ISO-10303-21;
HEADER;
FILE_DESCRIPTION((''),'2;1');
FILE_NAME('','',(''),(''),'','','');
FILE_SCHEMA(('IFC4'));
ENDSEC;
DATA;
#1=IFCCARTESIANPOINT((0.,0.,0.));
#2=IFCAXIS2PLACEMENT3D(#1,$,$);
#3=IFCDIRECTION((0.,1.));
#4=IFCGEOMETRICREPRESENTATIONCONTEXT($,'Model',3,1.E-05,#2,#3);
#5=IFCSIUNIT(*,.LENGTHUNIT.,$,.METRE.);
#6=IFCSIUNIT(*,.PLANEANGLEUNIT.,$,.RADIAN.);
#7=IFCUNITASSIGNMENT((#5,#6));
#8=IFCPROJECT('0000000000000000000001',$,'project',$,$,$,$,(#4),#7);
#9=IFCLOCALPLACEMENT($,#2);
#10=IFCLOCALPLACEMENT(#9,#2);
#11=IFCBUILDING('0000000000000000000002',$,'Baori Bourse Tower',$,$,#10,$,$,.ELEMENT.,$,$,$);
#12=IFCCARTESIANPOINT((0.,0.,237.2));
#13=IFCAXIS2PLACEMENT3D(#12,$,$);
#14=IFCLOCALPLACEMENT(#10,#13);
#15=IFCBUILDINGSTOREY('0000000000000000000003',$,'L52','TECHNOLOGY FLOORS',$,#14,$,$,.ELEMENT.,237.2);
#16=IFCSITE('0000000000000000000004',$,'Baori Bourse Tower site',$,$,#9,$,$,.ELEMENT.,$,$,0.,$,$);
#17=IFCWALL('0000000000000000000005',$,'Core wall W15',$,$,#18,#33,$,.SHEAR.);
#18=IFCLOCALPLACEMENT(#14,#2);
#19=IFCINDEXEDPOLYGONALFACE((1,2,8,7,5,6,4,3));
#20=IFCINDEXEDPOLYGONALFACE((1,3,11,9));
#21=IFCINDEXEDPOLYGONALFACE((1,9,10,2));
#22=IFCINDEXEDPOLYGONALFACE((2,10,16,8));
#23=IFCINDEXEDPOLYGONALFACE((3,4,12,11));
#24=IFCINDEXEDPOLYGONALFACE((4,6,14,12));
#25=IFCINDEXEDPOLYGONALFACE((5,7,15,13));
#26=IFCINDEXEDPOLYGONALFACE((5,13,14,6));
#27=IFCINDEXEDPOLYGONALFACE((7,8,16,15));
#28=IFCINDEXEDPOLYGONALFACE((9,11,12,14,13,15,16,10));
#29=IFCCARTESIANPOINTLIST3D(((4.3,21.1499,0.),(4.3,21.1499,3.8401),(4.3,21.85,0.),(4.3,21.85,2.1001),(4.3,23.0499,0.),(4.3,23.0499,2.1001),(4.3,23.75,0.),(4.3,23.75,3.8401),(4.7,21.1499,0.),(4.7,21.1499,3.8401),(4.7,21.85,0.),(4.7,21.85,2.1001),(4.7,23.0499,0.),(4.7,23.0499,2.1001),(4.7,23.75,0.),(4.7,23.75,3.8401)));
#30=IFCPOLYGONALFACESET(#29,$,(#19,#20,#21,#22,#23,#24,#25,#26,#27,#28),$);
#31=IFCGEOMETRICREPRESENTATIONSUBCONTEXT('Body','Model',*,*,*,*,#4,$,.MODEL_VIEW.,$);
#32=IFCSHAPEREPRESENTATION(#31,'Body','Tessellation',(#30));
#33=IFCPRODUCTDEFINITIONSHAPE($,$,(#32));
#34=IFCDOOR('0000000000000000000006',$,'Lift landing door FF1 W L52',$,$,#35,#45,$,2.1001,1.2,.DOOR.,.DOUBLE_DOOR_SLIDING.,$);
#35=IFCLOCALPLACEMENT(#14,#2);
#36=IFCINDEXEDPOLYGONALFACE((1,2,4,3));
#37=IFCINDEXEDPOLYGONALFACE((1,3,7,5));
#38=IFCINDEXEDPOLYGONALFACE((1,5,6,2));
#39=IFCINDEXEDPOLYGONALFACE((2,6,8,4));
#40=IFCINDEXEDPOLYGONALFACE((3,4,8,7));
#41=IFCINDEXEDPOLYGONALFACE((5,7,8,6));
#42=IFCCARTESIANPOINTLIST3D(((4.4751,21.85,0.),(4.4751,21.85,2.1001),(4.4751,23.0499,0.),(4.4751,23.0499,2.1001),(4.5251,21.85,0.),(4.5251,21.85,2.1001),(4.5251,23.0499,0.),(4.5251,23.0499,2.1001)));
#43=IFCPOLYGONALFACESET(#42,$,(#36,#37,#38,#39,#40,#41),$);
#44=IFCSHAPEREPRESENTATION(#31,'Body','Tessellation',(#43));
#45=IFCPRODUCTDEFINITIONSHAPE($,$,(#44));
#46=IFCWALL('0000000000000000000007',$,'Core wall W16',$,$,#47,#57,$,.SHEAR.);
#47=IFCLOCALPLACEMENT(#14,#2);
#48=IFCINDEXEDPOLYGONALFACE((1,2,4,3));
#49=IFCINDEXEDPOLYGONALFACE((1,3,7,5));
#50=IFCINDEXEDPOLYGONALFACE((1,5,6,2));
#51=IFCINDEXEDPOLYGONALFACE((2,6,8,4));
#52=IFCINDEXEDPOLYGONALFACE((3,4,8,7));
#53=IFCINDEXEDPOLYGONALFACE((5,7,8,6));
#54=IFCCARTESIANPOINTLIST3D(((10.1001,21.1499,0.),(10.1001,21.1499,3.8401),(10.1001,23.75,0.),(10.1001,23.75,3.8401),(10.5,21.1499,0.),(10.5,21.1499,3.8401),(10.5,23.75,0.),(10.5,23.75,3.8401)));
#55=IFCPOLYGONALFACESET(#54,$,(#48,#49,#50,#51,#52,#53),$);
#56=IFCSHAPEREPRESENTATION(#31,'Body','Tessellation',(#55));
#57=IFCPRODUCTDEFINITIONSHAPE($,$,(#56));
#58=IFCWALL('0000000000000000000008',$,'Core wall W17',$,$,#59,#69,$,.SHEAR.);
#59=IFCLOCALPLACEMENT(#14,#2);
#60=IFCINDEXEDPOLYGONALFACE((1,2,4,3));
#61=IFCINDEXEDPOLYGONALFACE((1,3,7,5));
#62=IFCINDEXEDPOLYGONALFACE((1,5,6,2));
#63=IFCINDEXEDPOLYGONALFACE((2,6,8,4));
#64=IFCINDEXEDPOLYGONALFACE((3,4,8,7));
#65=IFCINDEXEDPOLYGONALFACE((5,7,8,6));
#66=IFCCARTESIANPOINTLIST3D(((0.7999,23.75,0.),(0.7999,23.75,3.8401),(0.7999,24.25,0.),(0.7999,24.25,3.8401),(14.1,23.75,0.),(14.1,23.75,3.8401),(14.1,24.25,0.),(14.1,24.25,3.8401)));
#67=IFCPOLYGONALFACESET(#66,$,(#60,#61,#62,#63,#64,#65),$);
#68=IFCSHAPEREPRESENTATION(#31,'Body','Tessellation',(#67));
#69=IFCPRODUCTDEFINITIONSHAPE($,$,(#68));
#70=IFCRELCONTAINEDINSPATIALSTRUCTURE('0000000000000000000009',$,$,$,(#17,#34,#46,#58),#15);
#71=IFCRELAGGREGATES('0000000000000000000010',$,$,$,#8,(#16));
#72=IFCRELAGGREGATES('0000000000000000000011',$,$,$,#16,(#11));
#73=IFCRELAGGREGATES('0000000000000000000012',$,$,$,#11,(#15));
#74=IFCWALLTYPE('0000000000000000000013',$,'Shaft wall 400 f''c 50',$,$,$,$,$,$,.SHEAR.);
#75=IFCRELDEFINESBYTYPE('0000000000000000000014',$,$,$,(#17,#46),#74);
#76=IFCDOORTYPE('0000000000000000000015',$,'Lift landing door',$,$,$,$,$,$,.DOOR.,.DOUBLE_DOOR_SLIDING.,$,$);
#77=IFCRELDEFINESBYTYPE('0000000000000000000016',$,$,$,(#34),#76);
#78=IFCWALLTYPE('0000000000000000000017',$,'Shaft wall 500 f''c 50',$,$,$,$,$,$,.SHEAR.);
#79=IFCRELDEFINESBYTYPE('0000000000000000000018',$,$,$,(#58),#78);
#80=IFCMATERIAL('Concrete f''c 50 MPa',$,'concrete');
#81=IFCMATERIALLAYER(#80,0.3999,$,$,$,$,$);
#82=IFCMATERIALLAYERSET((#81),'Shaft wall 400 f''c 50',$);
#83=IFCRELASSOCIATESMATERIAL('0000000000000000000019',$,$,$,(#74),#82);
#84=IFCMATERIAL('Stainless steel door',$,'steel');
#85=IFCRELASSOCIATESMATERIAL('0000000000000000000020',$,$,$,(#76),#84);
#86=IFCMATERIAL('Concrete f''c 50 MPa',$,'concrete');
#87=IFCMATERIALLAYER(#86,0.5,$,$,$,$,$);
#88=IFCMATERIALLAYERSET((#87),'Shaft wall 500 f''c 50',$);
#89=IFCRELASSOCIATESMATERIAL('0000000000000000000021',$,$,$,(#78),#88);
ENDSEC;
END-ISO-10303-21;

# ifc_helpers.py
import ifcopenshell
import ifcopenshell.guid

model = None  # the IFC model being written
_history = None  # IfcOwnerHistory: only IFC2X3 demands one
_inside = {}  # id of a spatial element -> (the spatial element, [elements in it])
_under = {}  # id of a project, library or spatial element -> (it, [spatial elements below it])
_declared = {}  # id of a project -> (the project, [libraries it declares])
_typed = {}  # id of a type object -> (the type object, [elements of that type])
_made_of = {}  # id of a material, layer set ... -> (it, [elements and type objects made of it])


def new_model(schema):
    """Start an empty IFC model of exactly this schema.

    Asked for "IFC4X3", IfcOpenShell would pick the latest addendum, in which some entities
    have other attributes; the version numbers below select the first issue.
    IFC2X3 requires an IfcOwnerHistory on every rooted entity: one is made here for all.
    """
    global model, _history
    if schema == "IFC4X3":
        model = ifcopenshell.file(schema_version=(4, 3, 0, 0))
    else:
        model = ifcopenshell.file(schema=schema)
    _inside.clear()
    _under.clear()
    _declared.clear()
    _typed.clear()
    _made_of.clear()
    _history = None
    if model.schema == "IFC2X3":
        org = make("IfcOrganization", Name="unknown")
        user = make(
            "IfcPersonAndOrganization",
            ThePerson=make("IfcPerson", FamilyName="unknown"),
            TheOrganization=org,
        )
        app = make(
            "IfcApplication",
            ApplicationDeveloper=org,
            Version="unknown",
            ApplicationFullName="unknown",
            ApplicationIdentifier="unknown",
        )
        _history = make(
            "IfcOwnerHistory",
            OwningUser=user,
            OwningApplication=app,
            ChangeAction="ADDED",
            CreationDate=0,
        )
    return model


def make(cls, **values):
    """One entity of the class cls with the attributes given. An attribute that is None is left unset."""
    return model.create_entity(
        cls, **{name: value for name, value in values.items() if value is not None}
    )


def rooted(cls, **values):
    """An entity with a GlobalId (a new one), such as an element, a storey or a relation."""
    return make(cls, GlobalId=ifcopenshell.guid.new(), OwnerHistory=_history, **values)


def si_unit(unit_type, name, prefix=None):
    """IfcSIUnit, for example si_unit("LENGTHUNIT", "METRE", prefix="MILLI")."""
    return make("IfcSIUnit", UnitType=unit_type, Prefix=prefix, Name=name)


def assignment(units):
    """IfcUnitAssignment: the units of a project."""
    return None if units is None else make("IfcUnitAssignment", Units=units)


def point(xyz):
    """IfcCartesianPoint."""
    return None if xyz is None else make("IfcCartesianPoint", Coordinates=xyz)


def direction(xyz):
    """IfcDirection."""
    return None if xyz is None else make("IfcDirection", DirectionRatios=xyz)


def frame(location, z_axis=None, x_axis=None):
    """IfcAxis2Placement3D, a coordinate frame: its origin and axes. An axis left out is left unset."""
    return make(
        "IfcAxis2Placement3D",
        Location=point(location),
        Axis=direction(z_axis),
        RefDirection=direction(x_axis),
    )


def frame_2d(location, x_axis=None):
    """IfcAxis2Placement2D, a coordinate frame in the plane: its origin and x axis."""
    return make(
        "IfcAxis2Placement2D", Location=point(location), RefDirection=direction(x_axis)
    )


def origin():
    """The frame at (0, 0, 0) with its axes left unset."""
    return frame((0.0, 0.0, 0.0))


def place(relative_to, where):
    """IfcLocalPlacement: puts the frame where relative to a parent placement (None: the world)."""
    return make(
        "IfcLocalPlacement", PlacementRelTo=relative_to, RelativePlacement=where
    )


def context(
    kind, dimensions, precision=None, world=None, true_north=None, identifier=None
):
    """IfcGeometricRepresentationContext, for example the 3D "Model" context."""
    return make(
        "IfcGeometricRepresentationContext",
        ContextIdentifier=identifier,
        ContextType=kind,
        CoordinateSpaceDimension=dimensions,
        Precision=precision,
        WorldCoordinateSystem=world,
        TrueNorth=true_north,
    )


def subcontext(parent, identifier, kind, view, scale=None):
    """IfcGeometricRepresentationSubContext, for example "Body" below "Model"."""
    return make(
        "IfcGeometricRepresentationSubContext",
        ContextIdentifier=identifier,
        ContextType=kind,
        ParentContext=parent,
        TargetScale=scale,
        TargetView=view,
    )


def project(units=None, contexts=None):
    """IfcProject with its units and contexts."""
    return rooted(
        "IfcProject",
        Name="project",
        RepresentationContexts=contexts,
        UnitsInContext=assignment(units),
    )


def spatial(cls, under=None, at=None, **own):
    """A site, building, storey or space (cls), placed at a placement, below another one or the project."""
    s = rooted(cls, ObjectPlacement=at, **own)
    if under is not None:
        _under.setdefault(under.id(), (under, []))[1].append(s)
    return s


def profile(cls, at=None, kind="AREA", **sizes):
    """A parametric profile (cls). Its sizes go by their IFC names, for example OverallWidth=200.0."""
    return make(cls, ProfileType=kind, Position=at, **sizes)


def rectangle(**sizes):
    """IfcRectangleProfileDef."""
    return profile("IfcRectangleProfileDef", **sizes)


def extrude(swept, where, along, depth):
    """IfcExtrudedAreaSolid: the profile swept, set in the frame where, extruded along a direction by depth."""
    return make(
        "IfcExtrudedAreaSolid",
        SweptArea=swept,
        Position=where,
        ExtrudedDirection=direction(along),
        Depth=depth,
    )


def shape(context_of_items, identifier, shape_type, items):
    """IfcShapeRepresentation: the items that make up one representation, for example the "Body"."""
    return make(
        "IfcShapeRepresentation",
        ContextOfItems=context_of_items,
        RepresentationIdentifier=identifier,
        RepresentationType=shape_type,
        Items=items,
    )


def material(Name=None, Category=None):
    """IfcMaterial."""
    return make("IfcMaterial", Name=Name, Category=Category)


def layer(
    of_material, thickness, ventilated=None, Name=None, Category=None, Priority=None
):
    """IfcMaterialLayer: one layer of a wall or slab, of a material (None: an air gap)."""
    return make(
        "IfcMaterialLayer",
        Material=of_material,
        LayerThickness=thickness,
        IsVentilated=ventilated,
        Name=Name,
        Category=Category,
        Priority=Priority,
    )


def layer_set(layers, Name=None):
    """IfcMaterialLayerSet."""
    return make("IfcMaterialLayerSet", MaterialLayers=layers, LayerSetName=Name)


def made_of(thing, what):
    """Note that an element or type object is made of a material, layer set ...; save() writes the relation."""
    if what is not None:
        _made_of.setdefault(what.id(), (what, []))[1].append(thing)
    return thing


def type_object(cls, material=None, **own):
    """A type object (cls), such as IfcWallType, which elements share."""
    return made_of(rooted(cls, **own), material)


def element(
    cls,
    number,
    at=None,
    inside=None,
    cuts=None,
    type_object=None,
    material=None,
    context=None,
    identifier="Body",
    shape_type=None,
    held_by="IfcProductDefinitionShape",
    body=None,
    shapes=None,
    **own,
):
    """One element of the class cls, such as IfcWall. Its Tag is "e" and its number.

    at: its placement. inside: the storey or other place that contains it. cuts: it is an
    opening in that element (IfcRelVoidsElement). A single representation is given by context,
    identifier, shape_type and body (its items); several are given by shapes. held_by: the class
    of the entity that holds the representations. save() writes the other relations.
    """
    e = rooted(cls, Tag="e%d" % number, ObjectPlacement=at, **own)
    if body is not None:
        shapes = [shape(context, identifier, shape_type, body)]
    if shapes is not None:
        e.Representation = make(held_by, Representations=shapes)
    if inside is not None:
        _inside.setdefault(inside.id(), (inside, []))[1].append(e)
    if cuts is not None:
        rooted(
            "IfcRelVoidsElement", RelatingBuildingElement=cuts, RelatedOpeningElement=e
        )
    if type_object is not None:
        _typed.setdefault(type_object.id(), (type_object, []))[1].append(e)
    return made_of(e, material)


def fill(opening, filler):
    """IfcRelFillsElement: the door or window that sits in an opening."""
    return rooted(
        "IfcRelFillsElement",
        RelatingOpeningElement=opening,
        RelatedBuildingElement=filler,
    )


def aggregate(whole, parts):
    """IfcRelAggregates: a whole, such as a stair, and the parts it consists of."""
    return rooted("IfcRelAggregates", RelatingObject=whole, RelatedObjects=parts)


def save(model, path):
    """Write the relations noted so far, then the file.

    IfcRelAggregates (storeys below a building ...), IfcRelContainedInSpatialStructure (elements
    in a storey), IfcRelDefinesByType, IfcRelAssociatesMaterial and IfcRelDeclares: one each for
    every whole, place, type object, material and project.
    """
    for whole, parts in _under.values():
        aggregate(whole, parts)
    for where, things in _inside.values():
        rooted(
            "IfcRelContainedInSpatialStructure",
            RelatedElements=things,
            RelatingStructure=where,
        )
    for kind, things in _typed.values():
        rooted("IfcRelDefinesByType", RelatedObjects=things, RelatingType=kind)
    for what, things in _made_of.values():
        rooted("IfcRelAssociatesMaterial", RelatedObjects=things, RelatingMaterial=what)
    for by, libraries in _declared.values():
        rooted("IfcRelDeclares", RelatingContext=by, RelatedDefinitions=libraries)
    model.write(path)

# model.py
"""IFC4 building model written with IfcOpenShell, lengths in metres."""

from ifc_helpers import new_model, si_unit, direction, frame, frame_2d, origin, place, context, subcontext, project, spatial, rectangle, extrude, material, layer, layer_set, type_object, element, fill, save


model = new_model("IFC4")

# Units and contexts
model_context = context("Model", 3, precision=1e-05, world=origin(), true_north=direction((0.0, 1.0)))
body_context = subcontext(model_context, "Body", "Model", "MODEL_VIEW")
ifc_project = project(units=[si_unit("LENGTHUNIT", "METRE"), si_unit("PLANEANGLEUNIT", "RADIAN")], contexts=[model_context])

# Site, building, storey
site_placement = place(None, origin())
site = spatial("IfcSite", under=ifc_project, at=site_placement, Name="Baori Bourse Tower site", CompositionType="ELEMENT", RefElevation=0.0)
building_placement = place(site_placement, origin())
building = spatial("IfcBuilding", under=site, at=building_placement, Name="Baori Bourse Tower", CompositionType="ELEMENT")
storey_placement = place(building_placement, frame((0.0, 0.0, 237.2)))
storey = spatial("IfcBuildingStorey", under=building, at=storey_placement, Name="L52", Description="TECHNOLOGY FLOORS", CompositionType="ELEMENT", Elevation=237.2)

# Shared definitions
ifc_material_1 = material(Name="Concrete f'c 50 MPa", Category="concrete")
ifc_layer_1 = layer(ifc_material_1, 0.3999)
ifc_layer_set_1 = layer_set([ifc_layer_1], Name="Shaft wall 400 f'c 50")
wall_type_1 = type_object("IfcWallType", Name="Shaft wall 400 f'c 50", PredefinedType="SHEAR", material=ifc_layer_set_1)

# Wall, opening, door
wall_1_placement = place(storey_placement, frame((4.5, 21.1499, 0.0), z_axis=(0.0, 0.0, 1.0), x_axis=(0.0, 1.0, 0.0)))
wall_1 = element("IfcWall", 1, at=wall_1_placement, inside=storey, type_object=wall_type_1, Name="Core wall W15", PredefinedType="SHEAR", context=body_context, shape_type="SweptSolid", body=[
    extrude(rectangle(XDim=2.6001, YDim=0.3999, at=frame_2d((1.3, 0.0))), origin(), (0.0, 0.0, 1.0), 3.8401),
])
opening_1_placement = place(wall_1_placement, frame((0.7, 0.0, 0.0)))
opening_1 = element("IfcOpeningElement", 2, at=opening_1_placement, cuts=wall_1, PredefinedType="OPENING", context=body_context, shape_type="SweptSolid", body=[
    extrude(rectangle(XDim=1.2, YDim=2.1001, at=frame_2d((0.6001, 1.05))), frame((0.0, 0.21, 0.0), z_axis=(0.0, -1.0, 0.0), x_axis=(1.0, 0.0, 0.0)), (0.0, 0.0, 1.0), 0.4199),
])
ifc_material_2 = material(Name="Stainless steel door", Category="steel")
door_type_1 = type_object("IfcDoorType", Name="Lift landing door", OperationType="DOUBLE_DOOR_SLIDING", PredefinedType="DOOR", material=ifc_material_2)
door_1_placement = place(opening_1_placement, origin())
door_1 = element("IfcDoor", 3, at=door_1_placement, inside=storey, type_object=door_type_1, Name="Lift landing door FF1 W L52", OperationType="DOUBLE_DOOR_SLIDING", OverallHeight=2.1001, OverallWidth=1.2, PredefinedType="DOOR", context=body_context, shape_type="SweptSolid", body=[
    extrude(rectangle(XDim=1.2, YDim=2.1001, at=frame_2d((0.6001, 1.05))), frame((0.0, 0.0249, 0.0), z_axis=(0.0, -1.0, 0.0), x_axis=(1.0, 0.0, 0.0)), (0.0, 0.0, 1.0), 0.05),
])
fill(opening_1, door_1)

# Walls
wall_2_placement = place(storey_placement, frame((10.3, 21.1499, 0.0), z_axis=(0.0, 0.0, 1.0), x_axis=(0.0, 1.0, 0.0)))
element("IfcWall", 4, at=wall_2_placement, inside=storey, type_object=wall_type_1, Name="Core wall W16", PredefinedType="SHEAR", context=body_context, shape_type="SweptSolid", body=[
    extrude(rectangle(XDim=2.6001, YDim=0.3999, at=frame_2d((1.3, 0.0))), origin(), (0.0, 0.0, 1.0), 3.8401),
])
ifc_material_3 = material(Name="Concrete f'c 50 MPa", Category="concrete")
ifc_layer_2 = layer(ifc_material_3, 0.5)
ifc_layer_set_2 = layer_set([ifc_layer_2], Name="Shaft wall 500 f'c 50")
wall_type_2 = type_object("IfcWallType", Name="Shaft wall 500 f'c 50", PredefinedType="SHEAR", material=ifc_layer_set_2)
wall_3_placement = place(storey_placement, frame((0.8, 24.0, 0.0), z_axis=(0.0, 0.0, 1.0), x_axis=(1.0, 0.0, 0.0)))
element("IfcWall", 5, at=wall_3_placement, inside=storey, type_object=wall_type_2, Name="Core wall W17", PredefinedType="SHEAR", context=body_context, shape_type="SweptSolid", body=[
    extrude(rectangle(XDim=13.3, YDim=0.5, at=frame_2d((6.6499, 0.0))), origin(), (0.0, 0.0, 1.0), 3.8401),
])

save(model, "model.ifc")
